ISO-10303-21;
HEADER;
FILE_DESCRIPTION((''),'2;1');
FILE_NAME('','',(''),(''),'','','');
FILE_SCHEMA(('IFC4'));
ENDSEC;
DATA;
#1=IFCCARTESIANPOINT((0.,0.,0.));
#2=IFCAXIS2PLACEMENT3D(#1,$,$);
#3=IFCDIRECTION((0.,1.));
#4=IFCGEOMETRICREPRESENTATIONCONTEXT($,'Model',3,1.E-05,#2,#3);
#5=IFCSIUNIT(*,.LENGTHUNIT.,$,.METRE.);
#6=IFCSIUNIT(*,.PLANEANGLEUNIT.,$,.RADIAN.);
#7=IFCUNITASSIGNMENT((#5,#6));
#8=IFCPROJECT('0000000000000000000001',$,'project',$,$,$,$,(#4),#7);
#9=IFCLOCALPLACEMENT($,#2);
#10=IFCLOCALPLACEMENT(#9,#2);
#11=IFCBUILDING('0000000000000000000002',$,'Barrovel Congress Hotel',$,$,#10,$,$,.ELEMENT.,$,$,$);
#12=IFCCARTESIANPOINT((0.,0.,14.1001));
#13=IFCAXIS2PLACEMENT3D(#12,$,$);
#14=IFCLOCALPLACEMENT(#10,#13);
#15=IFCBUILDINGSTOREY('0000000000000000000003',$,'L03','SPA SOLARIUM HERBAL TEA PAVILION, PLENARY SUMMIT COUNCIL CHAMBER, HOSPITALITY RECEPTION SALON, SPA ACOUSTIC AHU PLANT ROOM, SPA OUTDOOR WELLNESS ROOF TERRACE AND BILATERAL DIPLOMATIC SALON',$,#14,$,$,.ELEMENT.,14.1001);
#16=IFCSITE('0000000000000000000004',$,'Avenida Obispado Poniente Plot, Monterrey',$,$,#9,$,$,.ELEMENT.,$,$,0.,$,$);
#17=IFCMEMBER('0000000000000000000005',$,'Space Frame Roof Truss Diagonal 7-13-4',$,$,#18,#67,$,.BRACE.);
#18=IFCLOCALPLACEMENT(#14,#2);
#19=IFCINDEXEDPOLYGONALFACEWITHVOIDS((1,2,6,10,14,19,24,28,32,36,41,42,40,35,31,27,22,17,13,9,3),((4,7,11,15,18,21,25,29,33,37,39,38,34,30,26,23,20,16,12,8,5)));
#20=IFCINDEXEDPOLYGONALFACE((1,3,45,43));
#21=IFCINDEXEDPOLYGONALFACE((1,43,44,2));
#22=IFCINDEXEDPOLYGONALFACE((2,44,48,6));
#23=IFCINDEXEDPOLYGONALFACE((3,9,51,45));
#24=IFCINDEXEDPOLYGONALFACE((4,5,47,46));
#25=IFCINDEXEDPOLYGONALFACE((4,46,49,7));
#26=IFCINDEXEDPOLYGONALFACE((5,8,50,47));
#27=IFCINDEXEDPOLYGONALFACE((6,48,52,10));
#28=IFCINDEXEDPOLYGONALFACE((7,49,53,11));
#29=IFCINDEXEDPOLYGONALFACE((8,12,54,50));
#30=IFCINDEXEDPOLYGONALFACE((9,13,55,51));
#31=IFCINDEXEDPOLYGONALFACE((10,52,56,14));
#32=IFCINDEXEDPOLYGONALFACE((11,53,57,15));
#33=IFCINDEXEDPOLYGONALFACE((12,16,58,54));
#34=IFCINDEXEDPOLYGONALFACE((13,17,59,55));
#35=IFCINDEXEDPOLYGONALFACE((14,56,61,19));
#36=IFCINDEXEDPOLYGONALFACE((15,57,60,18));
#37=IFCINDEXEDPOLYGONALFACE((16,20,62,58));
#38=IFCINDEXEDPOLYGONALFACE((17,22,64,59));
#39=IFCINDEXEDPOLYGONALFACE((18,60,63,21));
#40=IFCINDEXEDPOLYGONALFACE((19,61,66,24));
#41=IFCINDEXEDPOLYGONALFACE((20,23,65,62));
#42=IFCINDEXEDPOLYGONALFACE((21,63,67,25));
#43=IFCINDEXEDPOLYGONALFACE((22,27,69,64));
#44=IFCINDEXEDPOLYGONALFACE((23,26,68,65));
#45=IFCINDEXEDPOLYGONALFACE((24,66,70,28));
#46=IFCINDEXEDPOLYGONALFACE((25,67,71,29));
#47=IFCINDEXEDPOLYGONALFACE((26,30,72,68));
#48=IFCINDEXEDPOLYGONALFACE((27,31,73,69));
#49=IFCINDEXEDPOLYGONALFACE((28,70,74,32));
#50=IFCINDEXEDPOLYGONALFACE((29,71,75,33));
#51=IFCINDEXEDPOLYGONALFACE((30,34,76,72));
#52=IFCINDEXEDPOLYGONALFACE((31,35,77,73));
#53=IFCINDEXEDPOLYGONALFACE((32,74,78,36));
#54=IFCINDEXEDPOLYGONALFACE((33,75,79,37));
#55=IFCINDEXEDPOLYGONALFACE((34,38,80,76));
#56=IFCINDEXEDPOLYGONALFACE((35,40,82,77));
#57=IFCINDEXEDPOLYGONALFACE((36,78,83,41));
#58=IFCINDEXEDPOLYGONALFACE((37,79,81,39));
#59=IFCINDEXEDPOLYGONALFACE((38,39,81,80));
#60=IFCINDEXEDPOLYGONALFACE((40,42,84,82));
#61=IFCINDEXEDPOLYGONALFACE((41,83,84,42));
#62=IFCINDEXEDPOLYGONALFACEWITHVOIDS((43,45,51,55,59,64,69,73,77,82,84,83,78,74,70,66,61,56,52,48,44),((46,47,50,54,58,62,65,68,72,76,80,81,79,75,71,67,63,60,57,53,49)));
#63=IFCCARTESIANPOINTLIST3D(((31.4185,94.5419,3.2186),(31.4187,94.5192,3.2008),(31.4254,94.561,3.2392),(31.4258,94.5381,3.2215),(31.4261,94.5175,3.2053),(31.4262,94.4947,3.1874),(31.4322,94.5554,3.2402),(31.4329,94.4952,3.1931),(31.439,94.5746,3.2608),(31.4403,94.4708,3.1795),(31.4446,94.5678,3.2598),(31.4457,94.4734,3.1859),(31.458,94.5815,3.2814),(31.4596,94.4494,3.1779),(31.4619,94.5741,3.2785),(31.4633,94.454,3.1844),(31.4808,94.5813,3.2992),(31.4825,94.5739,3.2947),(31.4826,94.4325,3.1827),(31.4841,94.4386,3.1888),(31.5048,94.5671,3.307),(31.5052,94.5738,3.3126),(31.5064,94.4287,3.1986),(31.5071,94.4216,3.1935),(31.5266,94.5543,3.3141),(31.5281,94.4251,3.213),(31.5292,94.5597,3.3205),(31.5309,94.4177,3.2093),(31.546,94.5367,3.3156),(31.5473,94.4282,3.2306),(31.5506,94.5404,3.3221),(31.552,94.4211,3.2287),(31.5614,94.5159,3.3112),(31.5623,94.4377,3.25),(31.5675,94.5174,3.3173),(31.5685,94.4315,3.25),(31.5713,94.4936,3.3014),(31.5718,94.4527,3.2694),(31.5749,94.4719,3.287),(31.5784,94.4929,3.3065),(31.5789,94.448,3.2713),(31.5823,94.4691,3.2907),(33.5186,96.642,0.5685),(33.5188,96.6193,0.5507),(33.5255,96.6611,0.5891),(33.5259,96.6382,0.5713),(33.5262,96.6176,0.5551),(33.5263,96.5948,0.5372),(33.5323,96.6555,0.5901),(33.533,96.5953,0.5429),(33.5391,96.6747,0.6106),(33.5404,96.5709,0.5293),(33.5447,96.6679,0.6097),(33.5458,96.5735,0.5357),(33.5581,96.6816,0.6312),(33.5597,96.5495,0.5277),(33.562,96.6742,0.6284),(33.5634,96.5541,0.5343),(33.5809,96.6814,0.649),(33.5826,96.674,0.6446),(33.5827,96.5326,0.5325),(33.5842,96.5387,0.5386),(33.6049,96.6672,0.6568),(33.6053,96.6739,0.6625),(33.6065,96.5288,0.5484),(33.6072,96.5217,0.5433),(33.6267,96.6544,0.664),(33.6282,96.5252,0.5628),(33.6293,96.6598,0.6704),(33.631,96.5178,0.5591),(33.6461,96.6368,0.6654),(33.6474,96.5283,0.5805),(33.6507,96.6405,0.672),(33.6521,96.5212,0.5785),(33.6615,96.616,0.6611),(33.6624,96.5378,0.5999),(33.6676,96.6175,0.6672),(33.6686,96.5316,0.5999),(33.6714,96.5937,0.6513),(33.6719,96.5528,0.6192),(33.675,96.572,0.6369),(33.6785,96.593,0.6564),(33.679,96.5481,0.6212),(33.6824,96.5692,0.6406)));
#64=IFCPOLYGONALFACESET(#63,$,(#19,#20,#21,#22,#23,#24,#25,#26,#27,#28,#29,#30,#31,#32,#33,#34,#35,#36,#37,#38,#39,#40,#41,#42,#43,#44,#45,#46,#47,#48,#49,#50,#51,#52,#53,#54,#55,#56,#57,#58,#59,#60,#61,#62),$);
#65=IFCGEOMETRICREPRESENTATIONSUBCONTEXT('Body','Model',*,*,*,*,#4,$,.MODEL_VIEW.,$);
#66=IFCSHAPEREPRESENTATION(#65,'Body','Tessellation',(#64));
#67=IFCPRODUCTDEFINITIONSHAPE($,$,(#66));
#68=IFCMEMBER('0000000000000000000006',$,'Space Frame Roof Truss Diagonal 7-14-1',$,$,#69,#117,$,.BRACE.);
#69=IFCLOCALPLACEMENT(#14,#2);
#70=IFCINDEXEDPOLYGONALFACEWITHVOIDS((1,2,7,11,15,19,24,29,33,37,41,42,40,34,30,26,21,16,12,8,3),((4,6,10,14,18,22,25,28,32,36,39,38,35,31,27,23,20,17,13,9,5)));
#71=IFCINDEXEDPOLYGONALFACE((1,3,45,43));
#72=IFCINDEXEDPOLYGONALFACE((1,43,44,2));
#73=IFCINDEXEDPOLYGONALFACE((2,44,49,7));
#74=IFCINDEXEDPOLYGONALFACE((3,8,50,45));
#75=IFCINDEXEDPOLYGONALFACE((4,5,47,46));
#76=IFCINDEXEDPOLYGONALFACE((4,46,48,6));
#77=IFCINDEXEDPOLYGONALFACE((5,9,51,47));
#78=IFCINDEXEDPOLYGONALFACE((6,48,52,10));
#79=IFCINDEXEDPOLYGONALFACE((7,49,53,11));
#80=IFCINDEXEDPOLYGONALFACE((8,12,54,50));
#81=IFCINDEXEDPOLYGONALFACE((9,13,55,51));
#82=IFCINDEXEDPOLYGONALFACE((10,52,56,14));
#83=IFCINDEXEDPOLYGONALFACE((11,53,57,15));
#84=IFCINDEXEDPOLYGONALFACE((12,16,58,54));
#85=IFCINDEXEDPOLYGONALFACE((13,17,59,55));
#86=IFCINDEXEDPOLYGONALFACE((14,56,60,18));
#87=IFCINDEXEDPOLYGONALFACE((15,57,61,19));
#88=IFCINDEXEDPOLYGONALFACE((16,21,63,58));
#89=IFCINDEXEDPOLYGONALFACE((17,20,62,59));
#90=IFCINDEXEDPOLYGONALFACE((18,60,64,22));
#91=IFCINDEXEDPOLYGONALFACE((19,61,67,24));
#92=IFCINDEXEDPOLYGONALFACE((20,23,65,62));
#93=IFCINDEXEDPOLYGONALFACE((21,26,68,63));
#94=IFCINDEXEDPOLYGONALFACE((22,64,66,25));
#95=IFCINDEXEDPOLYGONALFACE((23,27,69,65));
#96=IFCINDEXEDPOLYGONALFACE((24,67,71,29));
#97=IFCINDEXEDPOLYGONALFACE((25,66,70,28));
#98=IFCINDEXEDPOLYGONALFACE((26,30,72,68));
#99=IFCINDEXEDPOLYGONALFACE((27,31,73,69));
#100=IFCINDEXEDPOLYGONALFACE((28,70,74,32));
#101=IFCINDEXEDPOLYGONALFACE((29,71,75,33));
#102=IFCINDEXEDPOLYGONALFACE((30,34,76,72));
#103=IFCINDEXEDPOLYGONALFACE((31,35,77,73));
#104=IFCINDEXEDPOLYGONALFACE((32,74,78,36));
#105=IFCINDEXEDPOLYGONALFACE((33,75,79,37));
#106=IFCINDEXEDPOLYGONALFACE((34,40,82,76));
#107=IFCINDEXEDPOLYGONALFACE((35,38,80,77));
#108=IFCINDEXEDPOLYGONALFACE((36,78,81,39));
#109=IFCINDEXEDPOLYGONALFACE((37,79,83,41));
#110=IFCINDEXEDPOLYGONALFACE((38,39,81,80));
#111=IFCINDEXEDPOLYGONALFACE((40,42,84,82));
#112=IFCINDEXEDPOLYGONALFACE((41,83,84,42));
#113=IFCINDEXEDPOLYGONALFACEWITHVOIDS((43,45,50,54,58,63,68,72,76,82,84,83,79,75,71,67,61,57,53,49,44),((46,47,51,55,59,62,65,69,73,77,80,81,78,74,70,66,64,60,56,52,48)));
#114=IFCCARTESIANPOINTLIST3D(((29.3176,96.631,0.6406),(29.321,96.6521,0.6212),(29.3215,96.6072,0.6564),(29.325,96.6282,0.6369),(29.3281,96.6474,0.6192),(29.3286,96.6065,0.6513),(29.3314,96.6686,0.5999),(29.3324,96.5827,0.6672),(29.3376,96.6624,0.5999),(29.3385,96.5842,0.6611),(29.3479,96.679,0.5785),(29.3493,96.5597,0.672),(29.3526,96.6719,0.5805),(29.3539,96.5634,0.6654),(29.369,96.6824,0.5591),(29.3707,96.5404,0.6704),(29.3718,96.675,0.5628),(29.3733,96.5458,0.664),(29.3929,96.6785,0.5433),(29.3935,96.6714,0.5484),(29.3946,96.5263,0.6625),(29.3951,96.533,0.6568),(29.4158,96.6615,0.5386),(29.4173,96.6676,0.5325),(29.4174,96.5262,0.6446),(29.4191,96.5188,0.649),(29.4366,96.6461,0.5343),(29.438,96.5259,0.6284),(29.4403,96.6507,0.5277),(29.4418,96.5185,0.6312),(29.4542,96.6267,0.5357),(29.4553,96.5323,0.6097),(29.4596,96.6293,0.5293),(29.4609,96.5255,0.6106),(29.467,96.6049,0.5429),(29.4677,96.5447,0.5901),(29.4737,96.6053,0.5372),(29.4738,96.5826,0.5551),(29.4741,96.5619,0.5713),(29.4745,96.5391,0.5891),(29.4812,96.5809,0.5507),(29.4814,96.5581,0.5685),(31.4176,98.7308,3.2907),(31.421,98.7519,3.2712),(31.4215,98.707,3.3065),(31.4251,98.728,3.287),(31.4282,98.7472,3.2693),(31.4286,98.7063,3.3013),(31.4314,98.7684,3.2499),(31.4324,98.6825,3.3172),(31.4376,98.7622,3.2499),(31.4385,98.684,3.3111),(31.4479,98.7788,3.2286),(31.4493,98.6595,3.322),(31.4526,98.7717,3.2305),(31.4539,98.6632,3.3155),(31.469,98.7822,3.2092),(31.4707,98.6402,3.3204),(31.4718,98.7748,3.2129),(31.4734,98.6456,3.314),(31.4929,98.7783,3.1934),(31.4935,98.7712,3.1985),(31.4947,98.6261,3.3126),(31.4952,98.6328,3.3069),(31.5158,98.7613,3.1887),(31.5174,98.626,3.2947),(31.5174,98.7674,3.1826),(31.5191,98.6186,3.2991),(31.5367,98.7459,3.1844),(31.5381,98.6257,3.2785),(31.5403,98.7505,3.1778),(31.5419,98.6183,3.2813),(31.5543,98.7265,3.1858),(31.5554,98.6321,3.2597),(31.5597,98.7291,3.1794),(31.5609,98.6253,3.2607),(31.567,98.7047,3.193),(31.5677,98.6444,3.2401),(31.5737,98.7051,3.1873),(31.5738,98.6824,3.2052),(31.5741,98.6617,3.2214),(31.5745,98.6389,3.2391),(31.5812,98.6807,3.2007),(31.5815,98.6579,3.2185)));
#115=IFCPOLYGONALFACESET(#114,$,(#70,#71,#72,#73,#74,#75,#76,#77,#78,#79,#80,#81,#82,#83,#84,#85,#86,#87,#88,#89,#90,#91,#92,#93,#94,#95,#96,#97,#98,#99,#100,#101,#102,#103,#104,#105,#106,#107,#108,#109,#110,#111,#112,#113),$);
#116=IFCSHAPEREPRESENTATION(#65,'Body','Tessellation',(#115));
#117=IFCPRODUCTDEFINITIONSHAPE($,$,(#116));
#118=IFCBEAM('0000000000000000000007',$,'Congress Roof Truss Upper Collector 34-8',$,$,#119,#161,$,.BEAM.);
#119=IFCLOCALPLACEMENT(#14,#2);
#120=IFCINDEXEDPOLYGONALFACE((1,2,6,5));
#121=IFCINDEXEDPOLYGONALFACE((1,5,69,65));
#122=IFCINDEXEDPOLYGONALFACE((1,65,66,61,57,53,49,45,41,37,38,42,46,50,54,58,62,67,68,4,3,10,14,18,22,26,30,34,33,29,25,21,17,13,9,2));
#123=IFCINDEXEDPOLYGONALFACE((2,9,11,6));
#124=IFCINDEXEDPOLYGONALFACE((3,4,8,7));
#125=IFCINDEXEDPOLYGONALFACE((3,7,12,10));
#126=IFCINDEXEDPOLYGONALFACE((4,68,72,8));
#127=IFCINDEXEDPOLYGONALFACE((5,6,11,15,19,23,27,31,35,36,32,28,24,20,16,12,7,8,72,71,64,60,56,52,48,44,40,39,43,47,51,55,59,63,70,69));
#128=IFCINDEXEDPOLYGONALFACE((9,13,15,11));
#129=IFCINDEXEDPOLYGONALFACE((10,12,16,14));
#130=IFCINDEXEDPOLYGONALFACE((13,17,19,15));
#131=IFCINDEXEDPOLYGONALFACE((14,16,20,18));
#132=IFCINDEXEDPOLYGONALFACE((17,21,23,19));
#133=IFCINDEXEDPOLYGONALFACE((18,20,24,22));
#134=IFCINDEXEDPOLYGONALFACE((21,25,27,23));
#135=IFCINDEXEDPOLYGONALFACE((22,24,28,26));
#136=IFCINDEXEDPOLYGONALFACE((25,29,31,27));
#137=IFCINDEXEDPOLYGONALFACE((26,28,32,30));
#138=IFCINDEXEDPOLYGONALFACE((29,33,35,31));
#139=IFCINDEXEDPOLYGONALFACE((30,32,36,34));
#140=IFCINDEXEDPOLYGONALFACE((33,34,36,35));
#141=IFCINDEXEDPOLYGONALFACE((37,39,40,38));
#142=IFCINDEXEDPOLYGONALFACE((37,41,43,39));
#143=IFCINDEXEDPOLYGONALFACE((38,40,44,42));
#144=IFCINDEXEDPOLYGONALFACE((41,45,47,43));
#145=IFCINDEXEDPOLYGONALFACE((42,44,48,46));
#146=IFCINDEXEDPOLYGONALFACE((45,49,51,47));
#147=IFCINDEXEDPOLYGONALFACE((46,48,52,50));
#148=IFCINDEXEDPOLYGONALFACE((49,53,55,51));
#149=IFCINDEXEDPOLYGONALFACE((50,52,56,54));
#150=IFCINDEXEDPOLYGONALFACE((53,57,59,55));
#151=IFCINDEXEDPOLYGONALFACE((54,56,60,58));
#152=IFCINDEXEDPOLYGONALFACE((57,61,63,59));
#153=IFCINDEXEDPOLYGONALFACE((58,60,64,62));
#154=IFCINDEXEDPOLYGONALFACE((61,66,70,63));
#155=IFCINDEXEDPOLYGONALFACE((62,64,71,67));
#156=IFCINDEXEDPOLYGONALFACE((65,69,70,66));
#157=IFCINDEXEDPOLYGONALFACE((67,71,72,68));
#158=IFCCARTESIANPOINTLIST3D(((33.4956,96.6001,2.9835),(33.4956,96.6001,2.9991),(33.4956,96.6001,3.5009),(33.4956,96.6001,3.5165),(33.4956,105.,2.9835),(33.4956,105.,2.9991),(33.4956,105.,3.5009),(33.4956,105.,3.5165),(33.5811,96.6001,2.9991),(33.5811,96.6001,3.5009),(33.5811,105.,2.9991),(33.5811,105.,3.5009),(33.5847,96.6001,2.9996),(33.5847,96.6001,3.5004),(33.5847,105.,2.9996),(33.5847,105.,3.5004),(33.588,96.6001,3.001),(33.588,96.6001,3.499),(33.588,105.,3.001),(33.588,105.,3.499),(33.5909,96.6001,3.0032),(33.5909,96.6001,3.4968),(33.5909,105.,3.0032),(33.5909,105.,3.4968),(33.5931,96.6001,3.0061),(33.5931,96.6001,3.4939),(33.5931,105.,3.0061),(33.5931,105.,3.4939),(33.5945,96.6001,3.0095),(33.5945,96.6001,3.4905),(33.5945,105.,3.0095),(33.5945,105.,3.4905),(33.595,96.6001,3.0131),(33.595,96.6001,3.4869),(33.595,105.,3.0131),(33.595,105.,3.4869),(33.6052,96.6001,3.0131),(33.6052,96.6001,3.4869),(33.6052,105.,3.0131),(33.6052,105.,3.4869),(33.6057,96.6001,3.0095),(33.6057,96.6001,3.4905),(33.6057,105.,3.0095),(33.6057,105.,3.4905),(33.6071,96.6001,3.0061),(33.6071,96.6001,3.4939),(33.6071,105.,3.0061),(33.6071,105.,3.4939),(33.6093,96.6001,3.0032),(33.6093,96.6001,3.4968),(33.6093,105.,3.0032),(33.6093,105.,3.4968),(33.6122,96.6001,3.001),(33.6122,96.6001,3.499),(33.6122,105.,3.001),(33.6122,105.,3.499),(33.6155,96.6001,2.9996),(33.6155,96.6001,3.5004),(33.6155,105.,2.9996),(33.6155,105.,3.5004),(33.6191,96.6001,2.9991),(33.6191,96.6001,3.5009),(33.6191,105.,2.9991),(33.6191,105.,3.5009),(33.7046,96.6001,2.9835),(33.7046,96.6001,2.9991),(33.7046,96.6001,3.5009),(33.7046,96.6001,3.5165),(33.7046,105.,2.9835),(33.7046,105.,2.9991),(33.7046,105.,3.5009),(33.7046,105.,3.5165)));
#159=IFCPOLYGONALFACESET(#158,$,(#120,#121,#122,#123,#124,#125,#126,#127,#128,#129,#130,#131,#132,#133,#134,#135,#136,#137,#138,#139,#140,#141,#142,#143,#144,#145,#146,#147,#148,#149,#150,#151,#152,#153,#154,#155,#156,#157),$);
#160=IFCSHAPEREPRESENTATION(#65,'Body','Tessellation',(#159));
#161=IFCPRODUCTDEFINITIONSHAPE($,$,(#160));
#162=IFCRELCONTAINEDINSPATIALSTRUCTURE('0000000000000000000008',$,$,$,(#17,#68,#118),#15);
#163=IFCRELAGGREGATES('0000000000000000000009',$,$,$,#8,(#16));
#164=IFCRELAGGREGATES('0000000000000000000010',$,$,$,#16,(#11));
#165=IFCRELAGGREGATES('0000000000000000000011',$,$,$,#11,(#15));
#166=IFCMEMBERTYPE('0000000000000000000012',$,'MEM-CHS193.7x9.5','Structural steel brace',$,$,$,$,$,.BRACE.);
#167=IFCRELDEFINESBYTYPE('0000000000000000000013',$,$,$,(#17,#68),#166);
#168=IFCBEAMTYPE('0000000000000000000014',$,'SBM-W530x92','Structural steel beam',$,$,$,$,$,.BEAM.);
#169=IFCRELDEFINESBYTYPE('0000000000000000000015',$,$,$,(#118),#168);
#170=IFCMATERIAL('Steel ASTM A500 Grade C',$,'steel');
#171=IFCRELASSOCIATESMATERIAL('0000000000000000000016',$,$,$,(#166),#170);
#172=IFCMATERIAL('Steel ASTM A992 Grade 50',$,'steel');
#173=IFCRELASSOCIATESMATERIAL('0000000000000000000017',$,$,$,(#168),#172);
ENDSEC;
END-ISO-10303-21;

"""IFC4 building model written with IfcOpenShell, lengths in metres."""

from ifc_helpers import new_model, si_unit, direction, frame, origin, origin_2d, place, context, subcontext, project, spatial, hollow_circle, i_section, extrude, material, material_profile, profile_set, type_object, element, save


model = new_model("IFC4")

# Units and contexts
model_context = context("Model", 3, precision=1e-05, world=origin(), true_north=direction((0.0, 1.0)))
body_context = subcontext(model_context, "Body", "Model", "MODEL_VIEW")
ifc_project = project(units=[si_unit("LENGTHUNIT", "METRE"), si_unit("PLANEANGLEUNIT", "RADIAN")], contexts=[model_context])

# Site, building, storey
site_placement = place(None, origin())
site = spatial("IfcSite", under=ifc_project, at=site_placement, Name="Avenida Obispado Poniente Plot, Monterrey", CompositionType="ELEMENT", RefElevation=0.0)
building_placement = place(site_placement, origin())
building = spatial("IfcBuilding", under=site, at=building_placement, Name="Barrovel Congress Hotel", CompositionType="ELEMENT")
storey_placement = place(building_placement, frame((0.0, 0.0, 14.1001)))
storey = spatial("IfcBuildingStorey", under=building, at=storey_placement, Name="L03", Description="SPA SOLARIUM HERBAL TEA PAVILION, PLENARY SUMMIT COUNCIL CHAMBER, HOSPITALITY RECEPTION SALON, SPA ACOUSTIC AHU PLANT ROOM, SPA OUTDOOR WELLNESS ROOF TERRACE AND BILATERAL DIPLOMATIC SALON", CompositionType="ELEMENT", Elevation=14.1001)

# Members
ifc_material_1 = material(Name="Steel ASTM A500 Grade C", Category="steel")
ifc_material_profile_1 = material_profile(ifc_material_1, hollow_circle(Radius=0.0969, WallThickness=0.0088, at=origin_2d()), Name="CHS193.7x9.5")
ifc_profile_set_1 = profile_set([ifc_material_profile_1], Name="Steel ASTM A500 Grade C")
member_type_1 = type_object("IfcMemberType", Name="MEM-CHS193.7x9.5", Description="Structural steel brace", PredefinedType="BRACE", material=ifc_profile_set_1)
for number, where, z_axis, x_axis, name in (
    (1, (33.6001, 96.6001, 0.5999), (-0.527601, -0.527601, 0.665788), (0.707107, -0.707107, 0.0), "Space Frame Roof Truss Diagonal 7-13-4"),
):
    element("IfcMember", number, at=place(storey_placement, frame(where, z_axis=z_axis, x_axis=x_axis)), inside=storey, type_object=member_type_1, Name=name, PredefinedType="BRACE", context=body_context, shape_type="SweptSolid", body=[
        extrude(hollow_circle(Radius=0.0969, WallThickness=0.0088, at=origin_2d()), origin(), (0.0, 0.0, 1.0), 3.9805),
    ])
member_placement = place(storey_placement, frame((29.3999, 96.6001, 0.5999), z_axis=(0.527618, 0.527557, 0.66581), x_axis=(-0.707066, 0.707148, 0.0)))
element("IfcMember", 2, at=member_placement, inside=storey, type_object=member_type_1, Name="Space Frame Roof Truss Diagonal 7-14-1", PredefinedType="BRACE", context=body_context, shape_type="SweptSolid", body=[
    extrude(hollow_circle(Radius=0.0969, WallThickness=0.0088, at=origin_2d()), origin(), (0.0, 0.0, 1.0), 3.9802),
])

# Beam
ifc_material_2 = material(Name="Steel ASTM A992 Grade 50", Category="steel")
ifc_material_profile_2 = material_profile(ifc_material_2, i_section(OverallWidth=0.209, OverallDepth=0.533, WebThickness=0.0103, FlangeThickness=0.0156, FilletRadius=0.0139, at=origin_2d()), Name="W530x92")
ifc_profile_set_2 = profile_set([ifc_material_profile_2], Name="Steel ASTM A992 Grade 50")
beam_type_1 = type_object("IfcBeamType", Name="SBM-W530x92", Description="Structural steel beam", PredefinedType="BEAM", material=ifc_profile_set_2)
beam_1_placement = place(storey_placement, frame((33.6001, 96.6001, 3.25), z_axis=(0.0, 1.0, 0.0), x_axis=(-1.0, 0.0, 0.0)))
element("IfcBeam", 3, at=beam_1_placement, inside=storey, type_object=beam_type_1, Name="Congress Roof Truss Upper Collector 34-8", PredefinedType="BEAM", context=body_context, shape_type="SweptSolid", body=[
    extrude(i_section(OverallWidth=0.209, OverallDepth=0.533, WebThickness=0.0103, FlangeThickness=0.0156, FilletRadius=0.0139, at=origin_2d()), origin(), (0.0, 0.0, 1.0), 8.3999),
])

save(model, "model.ifc")
